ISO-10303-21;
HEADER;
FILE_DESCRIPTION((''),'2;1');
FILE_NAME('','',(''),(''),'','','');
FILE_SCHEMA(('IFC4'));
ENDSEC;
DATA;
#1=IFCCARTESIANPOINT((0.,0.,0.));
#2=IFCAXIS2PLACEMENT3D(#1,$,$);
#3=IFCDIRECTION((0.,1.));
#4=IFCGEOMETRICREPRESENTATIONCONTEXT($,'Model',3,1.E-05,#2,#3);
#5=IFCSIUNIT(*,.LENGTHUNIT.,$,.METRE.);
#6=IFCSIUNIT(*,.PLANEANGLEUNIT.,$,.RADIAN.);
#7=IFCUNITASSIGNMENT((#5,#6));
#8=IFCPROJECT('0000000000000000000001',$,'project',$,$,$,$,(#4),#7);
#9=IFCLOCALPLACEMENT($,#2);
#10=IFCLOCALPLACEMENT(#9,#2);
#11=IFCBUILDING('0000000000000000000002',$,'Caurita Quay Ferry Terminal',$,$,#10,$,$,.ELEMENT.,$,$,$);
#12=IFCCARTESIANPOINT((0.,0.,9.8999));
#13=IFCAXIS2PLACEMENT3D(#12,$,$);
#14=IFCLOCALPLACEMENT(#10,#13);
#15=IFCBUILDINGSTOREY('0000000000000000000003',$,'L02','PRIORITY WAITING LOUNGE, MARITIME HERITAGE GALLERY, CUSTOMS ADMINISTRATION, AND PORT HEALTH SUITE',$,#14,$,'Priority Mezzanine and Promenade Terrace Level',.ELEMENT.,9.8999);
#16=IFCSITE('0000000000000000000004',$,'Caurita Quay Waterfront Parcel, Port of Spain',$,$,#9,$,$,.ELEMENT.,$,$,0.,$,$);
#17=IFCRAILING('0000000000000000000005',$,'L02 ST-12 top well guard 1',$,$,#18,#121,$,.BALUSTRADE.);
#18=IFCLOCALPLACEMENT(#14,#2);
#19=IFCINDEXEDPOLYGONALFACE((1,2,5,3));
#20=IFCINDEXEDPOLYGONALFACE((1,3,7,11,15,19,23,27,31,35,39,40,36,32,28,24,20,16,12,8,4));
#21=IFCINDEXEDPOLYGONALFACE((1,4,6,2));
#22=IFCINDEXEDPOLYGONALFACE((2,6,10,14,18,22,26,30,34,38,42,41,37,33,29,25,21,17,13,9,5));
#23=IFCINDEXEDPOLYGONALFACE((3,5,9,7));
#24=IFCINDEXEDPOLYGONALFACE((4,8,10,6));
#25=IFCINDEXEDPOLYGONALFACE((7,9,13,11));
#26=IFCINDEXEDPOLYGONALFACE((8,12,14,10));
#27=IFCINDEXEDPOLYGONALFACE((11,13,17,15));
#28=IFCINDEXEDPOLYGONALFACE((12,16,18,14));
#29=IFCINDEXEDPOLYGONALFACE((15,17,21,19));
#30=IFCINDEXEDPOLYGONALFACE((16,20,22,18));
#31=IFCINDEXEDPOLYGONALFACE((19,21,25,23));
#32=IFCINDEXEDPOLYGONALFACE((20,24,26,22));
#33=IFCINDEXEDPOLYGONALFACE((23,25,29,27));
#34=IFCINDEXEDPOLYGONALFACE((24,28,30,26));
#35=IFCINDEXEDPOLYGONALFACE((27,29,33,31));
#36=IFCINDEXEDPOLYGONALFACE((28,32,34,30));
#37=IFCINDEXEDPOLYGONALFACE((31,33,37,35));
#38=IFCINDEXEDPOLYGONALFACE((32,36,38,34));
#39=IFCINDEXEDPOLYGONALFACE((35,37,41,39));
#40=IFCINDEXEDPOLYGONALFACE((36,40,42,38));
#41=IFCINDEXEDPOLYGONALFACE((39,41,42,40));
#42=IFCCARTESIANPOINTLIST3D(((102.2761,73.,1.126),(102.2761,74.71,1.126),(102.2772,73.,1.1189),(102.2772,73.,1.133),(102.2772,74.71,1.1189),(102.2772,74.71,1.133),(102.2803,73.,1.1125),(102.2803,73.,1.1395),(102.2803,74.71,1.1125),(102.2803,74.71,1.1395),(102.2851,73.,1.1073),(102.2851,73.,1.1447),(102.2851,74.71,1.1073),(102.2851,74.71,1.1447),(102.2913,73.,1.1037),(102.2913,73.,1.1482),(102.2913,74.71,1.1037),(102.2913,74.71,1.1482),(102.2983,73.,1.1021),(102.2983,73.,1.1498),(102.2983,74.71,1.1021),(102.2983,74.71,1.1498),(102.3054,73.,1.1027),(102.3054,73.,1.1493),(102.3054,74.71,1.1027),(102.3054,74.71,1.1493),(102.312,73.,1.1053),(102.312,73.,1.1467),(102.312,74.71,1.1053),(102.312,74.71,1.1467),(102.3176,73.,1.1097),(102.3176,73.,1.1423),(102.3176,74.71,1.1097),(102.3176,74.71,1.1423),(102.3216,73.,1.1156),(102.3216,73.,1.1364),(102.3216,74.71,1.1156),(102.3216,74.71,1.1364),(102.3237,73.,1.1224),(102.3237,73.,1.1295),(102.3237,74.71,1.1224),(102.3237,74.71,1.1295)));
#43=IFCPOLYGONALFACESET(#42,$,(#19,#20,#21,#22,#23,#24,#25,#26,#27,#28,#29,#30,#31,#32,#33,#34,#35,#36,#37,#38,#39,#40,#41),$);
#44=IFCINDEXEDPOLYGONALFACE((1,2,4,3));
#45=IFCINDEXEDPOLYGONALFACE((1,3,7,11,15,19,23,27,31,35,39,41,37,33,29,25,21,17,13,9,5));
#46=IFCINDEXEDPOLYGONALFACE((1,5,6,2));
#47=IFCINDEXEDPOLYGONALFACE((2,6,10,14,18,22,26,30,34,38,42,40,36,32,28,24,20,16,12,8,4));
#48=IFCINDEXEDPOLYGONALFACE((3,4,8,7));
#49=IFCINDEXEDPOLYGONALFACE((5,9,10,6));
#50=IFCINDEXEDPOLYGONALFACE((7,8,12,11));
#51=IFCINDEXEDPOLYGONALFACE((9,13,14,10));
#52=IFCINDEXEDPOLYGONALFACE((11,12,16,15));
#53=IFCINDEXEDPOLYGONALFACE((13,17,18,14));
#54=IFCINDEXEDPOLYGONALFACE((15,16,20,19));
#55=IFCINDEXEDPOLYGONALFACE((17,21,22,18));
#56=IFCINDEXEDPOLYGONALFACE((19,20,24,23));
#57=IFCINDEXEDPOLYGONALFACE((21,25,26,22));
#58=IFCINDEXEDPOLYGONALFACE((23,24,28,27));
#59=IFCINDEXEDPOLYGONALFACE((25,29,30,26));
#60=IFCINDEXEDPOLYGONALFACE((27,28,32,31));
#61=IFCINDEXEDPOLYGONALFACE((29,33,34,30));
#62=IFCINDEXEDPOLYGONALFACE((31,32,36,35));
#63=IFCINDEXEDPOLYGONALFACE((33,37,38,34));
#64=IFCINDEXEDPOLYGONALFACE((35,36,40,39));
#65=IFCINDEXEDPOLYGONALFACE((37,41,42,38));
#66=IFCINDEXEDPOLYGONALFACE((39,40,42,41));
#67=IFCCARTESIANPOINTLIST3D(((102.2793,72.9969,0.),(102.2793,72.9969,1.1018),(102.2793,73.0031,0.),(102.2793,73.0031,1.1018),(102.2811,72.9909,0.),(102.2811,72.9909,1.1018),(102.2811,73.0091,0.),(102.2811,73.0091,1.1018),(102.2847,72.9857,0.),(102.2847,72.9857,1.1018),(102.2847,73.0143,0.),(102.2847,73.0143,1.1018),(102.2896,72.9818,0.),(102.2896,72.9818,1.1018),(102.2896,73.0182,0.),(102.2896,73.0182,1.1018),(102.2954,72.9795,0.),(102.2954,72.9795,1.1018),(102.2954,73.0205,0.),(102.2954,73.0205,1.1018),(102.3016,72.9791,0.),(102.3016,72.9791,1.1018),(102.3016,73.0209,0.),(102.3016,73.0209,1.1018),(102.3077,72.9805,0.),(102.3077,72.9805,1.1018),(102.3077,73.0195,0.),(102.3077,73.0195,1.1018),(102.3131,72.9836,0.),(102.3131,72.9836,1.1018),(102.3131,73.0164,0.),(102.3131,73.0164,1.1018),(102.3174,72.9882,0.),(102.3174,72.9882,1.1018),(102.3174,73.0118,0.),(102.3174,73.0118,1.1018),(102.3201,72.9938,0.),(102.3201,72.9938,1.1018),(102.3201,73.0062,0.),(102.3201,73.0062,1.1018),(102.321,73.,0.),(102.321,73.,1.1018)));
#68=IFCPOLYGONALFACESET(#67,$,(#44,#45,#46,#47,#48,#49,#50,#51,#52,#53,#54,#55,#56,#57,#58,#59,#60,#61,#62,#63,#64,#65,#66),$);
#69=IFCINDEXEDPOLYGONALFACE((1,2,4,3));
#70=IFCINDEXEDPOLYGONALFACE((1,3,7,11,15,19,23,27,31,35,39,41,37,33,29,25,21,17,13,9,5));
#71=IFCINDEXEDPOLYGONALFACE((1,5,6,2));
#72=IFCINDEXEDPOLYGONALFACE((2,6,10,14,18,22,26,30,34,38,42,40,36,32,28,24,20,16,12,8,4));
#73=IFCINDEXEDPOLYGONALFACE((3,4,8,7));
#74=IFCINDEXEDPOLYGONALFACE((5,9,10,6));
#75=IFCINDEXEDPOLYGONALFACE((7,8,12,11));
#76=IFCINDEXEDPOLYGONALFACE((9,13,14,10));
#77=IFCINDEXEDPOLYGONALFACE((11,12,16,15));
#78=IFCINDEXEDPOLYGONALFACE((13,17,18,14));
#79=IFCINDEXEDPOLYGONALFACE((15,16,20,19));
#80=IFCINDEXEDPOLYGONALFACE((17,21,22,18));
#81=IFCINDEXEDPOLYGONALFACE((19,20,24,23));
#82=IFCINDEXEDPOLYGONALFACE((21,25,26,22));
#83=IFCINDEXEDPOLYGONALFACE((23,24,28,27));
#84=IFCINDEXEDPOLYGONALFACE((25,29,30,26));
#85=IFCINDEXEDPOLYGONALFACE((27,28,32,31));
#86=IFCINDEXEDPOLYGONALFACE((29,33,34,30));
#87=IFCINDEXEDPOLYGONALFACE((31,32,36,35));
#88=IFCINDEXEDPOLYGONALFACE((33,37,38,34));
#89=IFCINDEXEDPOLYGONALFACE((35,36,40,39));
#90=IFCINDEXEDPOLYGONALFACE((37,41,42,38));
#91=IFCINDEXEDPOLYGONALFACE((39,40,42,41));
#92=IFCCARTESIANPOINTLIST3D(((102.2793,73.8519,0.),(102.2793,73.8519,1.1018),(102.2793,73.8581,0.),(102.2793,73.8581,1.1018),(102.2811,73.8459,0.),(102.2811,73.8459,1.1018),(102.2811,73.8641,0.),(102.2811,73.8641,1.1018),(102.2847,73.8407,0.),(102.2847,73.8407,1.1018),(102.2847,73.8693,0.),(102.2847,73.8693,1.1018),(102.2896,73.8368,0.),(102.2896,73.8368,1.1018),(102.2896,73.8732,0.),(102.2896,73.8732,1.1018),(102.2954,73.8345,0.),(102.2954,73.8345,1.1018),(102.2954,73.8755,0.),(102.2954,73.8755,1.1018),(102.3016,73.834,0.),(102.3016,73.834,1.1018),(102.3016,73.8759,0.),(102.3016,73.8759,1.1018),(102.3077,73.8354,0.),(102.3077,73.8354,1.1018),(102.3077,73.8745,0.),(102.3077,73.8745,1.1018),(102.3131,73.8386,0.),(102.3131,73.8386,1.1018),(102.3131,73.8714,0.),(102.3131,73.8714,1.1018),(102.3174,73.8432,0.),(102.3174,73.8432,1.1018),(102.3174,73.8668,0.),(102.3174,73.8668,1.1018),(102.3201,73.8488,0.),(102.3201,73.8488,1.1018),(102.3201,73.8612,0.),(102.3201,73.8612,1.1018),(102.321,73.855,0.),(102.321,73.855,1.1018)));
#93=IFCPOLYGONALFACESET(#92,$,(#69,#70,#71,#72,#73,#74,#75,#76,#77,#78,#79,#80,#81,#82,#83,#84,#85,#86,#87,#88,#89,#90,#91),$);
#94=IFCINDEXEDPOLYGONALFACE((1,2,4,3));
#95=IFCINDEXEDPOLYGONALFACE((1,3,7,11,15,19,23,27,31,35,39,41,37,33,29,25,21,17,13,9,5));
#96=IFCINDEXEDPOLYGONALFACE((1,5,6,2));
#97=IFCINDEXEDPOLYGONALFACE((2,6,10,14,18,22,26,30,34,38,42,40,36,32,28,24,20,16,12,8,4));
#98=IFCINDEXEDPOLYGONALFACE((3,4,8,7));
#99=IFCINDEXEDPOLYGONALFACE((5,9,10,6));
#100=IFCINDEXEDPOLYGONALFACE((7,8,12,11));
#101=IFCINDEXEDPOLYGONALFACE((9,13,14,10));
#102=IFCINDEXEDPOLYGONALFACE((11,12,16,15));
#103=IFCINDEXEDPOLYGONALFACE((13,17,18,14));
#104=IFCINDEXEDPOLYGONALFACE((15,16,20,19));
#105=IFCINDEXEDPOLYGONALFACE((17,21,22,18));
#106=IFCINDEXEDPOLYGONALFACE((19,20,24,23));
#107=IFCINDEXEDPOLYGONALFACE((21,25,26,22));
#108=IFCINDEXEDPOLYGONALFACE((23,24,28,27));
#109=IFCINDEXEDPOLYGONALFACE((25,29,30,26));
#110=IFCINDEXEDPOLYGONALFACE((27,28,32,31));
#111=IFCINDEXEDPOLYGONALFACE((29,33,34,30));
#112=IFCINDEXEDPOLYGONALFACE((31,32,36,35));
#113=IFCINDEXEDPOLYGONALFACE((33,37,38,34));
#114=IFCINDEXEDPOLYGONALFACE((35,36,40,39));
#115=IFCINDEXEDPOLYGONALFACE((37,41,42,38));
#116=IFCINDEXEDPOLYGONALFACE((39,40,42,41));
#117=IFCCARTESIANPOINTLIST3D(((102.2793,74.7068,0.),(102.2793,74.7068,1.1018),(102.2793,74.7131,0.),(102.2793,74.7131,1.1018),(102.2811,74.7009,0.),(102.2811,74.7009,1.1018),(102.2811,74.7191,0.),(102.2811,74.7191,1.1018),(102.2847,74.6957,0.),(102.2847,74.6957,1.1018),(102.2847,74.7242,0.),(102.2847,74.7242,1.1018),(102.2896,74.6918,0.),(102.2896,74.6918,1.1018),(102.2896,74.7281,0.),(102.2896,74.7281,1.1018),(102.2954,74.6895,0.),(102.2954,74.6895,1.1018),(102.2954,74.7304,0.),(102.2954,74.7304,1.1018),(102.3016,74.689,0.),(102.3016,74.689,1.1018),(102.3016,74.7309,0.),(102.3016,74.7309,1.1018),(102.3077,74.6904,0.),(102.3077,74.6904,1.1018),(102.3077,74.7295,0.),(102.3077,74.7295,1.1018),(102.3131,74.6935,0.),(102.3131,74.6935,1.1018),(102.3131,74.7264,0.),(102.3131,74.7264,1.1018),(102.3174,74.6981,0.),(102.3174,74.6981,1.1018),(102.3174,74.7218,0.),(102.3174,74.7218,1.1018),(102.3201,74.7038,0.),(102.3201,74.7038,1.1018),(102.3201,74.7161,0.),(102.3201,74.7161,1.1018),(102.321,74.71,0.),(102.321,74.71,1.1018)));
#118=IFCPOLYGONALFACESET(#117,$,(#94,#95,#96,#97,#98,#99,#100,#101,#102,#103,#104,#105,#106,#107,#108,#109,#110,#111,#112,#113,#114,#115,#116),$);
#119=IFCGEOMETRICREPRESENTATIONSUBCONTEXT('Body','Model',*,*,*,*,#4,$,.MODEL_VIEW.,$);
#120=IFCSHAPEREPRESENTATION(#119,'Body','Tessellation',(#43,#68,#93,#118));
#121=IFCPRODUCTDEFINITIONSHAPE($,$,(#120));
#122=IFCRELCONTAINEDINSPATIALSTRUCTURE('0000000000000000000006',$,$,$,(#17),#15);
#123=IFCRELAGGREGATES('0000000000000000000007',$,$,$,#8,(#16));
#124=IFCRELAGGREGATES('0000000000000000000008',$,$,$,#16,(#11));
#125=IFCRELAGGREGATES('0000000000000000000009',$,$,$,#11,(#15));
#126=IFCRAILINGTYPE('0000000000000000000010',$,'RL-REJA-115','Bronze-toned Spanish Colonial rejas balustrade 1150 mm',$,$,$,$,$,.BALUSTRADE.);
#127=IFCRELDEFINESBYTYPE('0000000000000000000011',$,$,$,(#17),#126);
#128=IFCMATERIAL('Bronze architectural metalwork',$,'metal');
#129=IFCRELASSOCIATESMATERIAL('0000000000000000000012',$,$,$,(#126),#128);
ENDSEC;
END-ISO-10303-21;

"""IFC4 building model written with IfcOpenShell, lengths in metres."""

from ifc_helpers import new_model, si_unit, direction, frame, origin, origin_2d, place, context, subcontext, project, spatial, circle, extrude, material, type_object, element, save


model = new_model("IFC4")

# Units and contexts
model_context = context("Model", 3, precision=1e-05, world=origin(), true_north=direction((0.0, 1.0)))
body_context = subcontext(model_context, "Body", "Model", "MODEL_VIEW")
ifc_project = project(units=[si_unit("LENGTHUNIT", "METRE"), si_unit("PLANEANGLEUNIT", "RADIAN")], contexts=[model_context])

# Site, building, storey
site_placement = place(None, origin())
site = spatial("IfcSite", under=ifc_project, at=site_placement, Name="Caurita Quay Waterfront Parcel, Port of Spain", CompositionType="ELEMENT", RefElevation=0.0)
building_placement = place(site_placement, origin())
building = spatial("IfcBuilding", under=site, at=building_placement, Name="Caurita Quay Ferry Terminal", CompositionType="ELEMENT")
storey_placement = place(building_placement, frame((0.0, 0.0, 9.8999)))
storey = spatial("IfcBuildingStorey", under=building, at=storey_placement, Name="L02", Description="PRIORITY WAITING LOUNGE, MARITIME HERITAGE GALLERY, CUSTOMS ADMINISTRATION, AND PORT HEALTH SUITE", LongName="Priority Mezzanine and Promenade Terrace Level", CompositionType="ELEMENT", Elevation=9.8999)

# Shared definitions
ifc_material_1 = material(Name="Bronze architectural metalwork", Category="metal")

# Railing
railing_type = type_object("IfcRailingType", Name="RL-REJA-115", Description="Bronze-toned Spanish Colonial rejas balustrade 1150 mm", PredefinedType="BALUSTRADE", material=ifc_material_1)
railing_1_placement = place(storey_placement, frame((102.3, 73.0, 0.0)))
element("IfcRailing", 1, at=railing_1_placement, inside=storey, type_object=railing_type, Name="L02 ST-12 top well guard 1", PredefinedType="BALUSTRADE", context=body_context, shape_type="SweptSolid", body=[
    extrude(circle(Radius=0.0239, at=origin_2d()), frame((0.0, 0.0, 1.126), z_axis=(0.0, 1.0, 0.0), x_axis=(-1.0, 0.0, 0.0)), (0.0, 0.0, 1.0), 1.71),
    extrude(circle(Radius=0.021, at=origin_2d()), origin(), (0.0, 0.0, 1.0), 1.1018),
    extrude(circle(Radius=0.021, at=origin_2d()), frame((0.0, 0.855, 0.0)), (0.0, 0.0, 1.0), 1.1018),
    extrude(circle(Radius=0.021, at=origin_2d()), frame((0.0, 1.71, 0.0)), (0.0, 0.0, 1.0), 1.1018),
])

save(model, "model.ifc")
